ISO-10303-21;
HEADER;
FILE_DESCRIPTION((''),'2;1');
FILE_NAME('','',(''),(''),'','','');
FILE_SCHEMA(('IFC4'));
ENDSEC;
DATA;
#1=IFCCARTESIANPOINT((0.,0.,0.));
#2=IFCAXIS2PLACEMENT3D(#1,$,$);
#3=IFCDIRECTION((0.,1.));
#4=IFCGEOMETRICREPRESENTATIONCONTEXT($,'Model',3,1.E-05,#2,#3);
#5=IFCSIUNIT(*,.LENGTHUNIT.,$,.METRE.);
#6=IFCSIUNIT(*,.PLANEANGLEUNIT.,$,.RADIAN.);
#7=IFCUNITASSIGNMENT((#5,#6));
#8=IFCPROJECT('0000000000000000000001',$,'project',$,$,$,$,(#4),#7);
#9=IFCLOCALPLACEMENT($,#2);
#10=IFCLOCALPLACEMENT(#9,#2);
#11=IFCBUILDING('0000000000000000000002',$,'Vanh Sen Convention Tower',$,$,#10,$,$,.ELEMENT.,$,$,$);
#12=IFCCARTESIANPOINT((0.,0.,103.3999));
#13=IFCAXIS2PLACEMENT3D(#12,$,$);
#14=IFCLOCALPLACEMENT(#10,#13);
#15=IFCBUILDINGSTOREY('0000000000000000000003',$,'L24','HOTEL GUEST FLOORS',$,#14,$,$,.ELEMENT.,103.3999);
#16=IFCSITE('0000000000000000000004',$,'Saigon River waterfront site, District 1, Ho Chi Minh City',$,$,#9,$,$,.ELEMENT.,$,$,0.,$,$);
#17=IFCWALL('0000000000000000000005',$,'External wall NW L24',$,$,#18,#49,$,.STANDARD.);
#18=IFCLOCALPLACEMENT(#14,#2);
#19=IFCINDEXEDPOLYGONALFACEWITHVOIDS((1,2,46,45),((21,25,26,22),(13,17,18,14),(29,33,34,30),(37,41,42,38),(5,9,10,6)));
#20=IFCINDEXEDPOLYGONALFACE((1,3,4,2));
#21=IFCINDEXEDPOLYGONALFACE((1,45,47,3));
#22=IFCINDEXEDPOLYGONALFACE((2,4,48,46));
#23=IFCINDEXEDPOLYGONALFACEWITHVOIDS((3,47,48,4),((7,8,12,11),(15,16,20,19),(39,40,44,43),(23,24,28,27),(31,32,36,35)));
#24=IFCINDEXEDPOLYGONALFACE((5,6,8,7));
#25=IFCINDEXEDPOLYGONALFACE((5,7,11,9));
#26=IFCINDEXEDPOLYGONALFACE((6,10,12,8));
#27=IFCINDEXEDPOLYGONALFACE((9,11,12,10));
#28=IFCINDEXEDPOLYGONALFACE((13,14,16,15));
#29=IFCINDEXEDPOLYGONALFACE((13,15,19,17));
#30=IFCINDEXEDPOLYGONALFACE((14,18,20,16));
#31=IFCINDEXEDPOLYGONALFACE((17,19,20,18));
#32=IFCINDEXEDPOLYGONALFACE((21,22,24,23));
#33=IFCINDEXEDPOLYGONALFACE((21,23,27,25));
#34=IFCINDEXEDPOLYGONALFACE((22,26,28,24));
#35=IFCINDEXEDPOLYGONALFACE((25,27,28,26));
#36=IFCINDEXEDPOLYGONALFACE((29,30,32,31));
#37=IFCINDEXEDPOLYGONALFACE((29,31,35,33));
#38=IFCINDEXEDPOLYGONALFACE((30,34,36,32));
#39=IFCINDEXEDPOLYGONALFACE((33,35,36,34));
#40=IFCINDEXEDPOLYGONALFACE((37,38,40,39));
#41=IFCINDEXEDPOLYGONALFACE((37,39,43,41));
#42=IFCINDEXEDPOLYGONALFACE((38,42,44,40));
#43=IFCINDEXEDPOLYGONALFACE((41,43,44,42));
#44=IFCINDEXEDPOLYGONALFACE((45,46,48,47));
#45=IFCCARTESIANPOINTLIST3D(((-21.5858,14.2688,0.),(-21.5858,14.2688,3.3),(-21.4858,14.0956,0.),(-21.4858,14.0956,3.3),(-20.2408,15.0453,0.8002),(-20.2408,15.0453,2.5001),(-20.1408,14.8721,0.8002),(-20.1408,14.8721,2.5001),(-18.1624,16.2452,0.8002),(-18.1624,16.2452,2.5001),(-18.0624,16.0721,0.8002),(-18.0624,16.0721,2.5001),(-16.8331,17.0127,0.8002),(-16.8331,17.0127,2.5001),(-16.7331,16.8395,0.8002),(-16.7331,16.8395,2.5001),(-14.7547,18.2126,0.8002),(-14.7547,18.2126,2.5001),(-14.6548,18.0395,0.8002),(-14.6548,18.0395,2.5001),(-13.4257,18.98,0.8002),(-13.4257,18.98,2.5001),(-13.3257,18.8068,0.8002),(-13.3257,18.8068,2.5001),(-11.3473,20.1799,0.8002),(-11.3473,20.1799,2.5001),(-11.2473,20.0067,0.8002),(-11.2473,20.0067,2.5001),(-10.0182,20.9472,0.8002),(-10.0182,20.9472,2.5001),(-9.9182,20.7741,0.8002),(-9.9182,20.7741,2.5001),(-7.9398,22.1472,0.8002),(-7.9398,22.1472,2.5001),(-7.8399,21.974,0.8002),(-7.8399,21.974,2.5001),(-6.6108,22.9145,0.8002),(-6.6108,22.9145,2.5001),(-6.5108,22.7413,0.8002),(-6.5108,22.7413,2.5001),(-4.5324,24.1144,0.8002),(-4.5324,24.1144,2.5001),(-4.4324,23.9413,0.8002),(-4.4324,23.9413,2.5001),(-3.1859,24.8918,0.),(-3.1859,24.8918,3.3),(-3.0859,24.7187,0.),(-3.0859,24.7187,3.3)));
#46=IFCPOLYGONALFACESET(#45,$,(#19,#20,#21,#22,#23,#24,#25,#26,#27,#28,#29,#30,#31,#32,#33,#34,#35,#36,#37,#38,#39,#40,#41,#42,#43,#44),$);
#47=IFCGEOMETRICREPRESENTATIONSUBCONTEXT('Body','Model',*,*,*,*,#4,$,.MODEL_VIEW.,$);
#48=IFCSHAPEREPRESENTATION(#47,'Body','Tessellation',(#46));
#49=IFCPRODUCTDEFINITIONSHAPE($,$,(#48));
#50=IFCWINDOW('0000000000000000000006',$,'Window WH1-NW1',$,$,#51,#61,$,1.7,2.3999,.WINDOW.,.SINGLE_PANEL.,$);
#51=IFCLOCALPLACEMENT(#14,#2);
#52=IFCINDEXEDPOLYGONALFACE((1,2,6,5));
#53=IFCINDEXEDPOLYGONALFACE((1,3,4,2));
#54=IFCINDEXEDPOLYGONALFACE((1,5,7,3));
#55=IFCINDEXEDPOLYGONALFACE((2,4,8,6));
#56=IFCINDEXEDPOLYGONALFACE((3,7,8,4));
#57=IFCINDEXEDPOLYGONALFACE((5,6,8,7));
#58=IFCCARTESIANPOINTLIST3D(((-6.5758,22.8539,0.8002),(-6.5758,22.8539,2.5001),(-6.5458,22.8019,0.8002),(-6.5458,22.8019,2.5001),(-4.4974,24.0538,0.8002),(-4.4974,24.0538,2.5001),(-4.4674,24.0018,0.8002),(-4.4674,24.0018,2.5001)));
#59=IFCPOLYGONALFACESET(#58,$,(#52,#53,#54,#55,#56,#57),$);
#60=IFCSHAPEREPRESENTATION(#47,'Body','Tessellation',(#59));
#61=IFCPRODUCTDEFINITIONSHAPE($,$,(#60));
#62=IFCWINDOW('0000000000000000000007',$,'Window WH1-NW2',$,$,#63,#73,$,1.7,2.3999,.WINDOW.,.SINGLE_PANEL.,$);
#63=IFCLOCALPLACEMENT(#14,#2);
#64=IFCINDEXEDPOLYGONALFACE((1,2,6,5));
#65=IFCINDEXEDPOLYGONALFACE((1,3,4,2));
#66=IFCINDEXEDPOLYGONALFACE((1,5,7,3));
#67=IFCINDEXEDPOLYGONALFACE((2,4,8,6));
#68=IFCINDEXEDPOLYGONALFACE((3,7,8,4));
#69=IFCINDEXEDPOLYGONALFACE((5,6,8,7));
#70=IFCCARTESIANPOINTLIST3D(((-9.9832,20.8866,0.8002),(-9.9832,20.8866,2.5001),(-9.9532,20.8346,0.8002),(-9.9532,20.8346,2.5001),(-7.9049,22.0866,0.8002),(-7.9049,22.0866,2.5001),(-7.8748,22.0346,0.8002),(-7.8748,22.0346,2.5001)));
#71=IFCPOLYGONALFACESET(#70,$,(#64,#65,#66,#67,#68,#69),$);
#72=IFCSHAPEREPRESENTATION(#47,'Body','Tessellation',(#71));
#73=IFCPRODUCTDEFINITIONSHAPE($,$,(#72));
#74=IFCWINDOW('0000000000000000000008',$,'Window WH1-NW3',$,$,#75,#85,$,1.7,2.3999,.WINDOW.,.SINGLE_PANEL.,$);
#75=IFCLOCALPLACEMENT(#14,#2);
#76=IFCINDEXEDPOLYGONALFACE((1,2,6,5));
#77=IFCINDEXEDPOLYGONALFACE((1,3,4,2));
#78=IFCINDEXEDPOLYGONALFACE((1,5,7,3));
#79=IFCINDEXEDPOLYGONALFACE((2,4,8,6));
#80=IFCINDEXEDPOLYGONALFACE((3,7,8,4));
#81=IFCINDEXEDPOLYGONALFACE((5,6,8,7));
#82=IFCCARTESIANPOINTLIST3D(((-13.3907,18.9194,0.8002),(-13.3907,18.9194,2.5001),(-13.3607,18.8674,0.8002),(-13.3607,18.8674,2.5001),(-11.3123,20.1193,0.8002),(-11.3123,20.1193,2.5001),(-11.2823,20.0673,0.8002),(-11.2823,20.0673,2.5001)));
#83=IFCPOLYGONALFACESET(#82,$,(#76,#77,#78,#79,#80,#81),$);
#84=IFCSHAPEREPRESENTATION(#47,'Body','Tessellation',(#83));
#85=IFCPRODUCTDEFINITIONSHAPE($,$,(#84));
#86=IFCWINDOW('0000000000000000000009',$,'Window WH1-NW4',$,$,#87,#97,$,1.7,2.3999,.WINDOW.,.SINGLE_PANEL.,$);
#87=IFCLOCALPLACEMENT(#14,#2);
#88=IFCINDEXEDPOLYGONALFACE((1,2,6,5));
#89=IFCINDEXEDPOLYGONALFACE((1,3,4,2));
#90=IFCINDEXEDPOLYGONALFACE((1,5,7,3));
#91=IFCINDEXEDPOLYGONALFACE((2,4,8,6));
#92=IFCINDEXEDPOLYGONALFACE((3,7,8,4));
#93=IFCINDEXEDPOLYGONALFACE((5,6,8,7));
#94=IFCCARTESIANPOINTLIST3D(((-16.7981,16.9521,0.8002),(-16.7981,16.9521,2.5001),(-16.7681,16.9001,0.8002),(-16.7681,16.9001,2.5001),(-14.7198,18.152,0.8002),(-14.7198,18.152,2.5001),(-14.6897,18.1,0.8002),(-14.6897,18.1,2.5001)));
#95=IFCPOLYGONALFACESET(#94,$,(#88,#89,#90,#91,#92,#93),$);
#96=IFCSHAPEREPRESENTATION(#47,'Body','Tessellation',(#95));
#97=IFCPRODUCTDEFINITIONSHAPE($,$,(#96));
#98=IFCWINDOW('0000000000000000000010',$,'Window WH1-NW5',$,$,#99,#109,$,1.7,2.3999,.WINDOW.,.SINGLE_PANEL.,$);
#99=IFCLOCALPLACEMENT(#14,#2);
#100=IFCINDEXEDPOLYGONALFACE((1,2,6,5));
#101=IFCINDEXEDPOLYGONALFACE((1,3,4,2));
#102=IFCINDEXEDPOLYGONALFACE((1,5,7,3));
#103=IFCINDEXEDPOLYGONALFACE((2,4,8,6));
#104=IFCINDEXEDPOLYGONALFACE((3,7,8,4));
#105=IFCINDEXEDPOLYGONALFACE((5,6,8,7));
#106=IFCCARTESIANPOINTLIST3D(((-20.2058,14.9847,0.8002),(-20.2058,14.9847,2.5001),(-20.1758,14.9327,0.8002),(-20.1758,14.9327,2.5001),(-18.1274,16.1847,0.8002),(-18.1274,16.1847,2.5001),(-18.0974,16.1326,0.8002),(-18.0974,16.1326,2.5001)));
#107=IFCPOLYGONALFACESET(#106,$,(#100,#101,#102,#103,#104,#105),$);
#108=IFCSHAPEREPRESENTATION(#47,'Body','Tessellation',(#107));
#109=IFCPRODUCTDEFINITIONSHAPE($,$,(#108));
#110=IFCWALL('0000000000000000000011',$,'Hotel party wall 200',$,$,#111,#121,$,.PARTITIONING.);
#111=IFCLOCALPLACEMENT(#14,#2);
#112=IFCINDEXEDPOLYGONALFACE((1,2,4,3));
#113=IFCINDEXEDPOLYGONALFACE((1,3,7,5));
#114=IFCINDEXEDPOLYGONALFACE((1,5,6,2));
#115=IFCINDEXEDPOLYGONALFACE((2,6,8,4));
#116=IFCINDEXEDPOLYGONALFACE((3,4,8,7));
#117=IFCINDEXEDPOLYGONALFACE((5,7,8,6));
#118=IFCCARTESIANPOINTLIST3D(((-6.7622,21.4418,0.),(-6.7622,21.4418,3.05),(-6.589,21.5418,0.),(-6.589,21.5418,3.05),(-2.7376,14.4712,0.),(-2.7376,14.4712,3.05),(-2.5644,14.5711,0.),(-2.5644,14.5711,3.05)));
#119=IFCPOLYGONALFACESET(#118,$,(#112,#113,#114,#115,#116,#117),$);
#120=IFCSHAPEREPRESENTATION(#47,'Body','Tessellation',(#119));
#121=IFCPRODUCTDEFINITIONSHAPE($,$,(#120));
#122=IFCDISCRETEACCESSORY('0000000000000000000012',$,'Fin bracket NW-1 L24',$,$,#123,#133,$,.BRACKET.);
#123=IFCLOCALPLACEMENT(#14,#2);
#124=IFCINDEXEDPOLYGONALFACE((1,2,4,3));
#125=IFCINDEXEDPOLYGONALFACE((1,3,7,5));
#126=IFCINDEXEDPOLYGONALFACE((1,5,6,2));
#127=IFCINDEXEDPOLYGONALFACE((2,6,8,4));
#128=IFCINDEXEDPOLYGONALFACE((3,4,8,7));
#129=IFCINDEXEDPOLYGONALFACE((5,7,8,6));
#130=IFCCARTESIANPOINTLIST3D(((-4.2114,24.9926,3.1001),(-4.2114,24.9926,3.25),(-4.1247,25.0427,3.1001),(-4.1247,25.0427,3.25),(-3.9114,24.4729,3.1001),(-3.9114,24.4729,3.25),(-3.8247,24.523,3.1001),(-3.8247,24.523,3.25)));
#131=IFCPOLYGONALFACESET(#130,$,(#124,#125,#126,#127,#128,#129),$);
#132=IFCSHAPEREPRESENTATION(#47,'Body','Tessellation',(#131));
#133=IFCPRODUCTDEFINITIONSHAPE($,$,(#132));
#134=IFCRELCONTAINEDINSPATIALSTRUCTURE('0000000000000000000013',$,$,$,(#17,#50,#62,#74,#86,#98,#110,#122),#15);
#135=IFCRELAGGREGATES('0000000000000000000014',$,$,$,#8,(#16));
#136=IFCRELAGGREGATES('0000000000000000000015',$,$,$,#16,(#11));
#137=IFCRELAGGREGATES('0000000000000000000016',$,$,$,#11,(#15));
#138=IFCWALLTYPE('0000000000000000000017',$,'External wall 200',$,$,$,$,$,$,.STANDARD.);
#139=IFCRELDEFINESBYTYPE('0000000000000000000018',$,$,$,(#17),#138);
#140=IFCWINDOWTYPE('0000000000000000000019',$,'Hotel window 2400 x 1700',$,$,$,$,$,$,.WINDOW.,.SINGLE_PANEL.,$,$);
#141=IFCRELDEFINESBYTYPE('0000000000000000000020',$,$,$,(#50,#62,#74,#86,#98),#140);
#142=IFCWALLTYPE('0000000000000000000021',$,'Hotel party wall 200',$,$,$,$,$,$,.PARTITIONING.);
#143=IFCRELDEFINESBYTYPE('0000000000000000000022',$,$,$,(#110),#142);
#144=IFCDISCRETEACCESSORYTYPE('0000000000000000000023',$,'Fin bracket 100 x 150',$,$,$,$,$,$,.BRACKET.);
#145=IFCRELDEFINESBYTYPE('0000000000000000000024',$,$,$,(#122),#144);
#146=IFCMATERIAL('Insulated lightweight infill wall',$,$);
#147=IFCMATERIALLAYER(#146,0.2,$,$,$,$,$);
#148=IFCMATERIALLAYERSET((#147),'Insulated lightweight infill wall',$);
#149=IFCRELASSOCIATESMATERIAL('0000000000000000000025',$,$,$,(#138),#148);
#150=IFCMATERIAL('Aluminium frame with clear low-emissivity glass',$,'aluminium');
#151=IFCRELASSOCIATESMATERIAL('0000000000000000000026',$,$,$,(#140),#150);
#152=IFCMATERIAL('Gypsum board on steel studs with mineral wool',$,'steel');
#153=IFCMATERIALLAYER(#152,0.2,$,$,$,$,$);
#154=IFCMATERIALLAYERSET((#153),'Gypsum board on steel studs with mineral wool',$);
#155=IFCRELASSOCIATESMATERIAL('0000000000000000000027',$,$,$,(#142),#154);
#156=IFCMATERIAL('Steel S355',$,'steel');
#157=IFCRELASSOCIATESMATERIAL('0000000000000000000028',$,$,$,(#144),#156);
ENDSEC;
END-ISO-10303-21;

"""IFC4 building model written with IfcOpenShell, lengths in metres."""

from ifc_helpers import new_model, si_unit, direction, frame, frame_2d, origin, origin_2d, place, context, subcontext, project, spatial, rectangle, extrude, material, layer, layer_set, type_object, element, fill, save


model = new_model("IFC4")

# Units and contexts
model_context = context("Model", 3, precision=1e-05, world=origin(), true_north=direction((0.0, 1.0)))
body_context = subcontext(model_context, "Body", "Model", "MODEL_VIEW")
ifc_project = project(units=[si_unit("LENGTHUNIT", "METRE"), si_unit("PLANEANGLEUNIT", "RADIAN")], contexts=[model_context])

# Site, building, storey
site_placement = place(None, origin())
site = spatial("IfcSite", under=ifc_project, at=site_placement, Name="Saigon River waterfront site, District 1, Ho Chi Minh City", CompositionType="ELEMENT", RefElevation=0.0)
building_placement = place(site_placement, origin())
building = spatial("IfcBuilding", under=site, at=building_placement, Name="Vanh Sen Convention Tower", CompositionType="ELEMENT")
storey_placement = place(building_placement, frame((0.0, 0.0, 103.3999)))
storey = spatial("IfcBuildingStorey", under=building, at=storey_placement, Name="L24", Description="HOTEL GUEST FLOORS", CompositionType="ELEMENT", Elevation=103.3999)

# Shared definitions
ifc_material_1 = material(Name="Gypsum board on steel studs with mineral wool", Category="steel")

# Wall, openings, windows
ifc_material_2 = material(Name="Insulated lightweight infill wall")
ifc_layer_1 = layer(ifc_material_2, 0.2)
ifc_layer_set_1 = layer_set([ifc_layer_1], Name="Insulated lightweight infill wall")
wall_type_1 = type_object("IfcWallType", Name="External wall 200", PredefinedType="STANDARD", material=ifc_layer_set_1)
wall_1_placement = place(storey_placement, frame((-3.136, 24.8052, 0.0), z_axis=(0.0, 0.0, 1.0), x_axis=(-0.866028, -0.499995, 0.0)))
wall_1 = element("IfcWall", 1, at=wall_1_placement, inside=storey, type_object=wall_type_1, Name="External wall NW L24", PredefinedType="STANDARD", context=body_context, shape_type="SweptSolid", body=[
    extrude(rectangle(XDim=21.2463, YDim=0.2, at=frame_2d((10.623, 0.0))), origin(), (0.0, 0.0, 1.0), 3.3),
])
opening_1_placement = place(wall_1_placement, frame((1.5547, 0.0, 0.8)))
opening_1 = element("IfcOpeningElement", 2, at=opening_1_placement, cuts=wall_1, PredefinedType="OPENING", context=body_context, shape_type="SweptSolid", body=[
    extrude(rectangle(XDim=2.3999, YDim=1.7, at=frame_2d((1.2, 0.8501))), frame((0.0, 0.1099, 0.0), z_axis=(0.0, -1.0, 0.0), x_axis=(1.0, 0.0, 0.0)), (0.0, 0.0, 1.0), 0.22),
])
opening_2_placement = place(wall_1_placement, frame((5.4893, 0.0, 0.8)))
opening_2 = element("IfcOpeningElement", 3, at=opening_2_placement, cuts=wall_1, PredefinedType="OPENING", context=body_context, shape_type="SweptSolid", body=[
    extrude(rectangle(XDim=2.3999, YDim=1.7, at=frame_2d((1.2, 0.8501))), frame((0.0, 0.1099, 0.0), z_axis=(0.0, -1.0, 0.0), x_axis=(1.0, 0.0, 0.0)), (0.0, 0.0, 1.0), 0.22),
])
opening_3_placement = place(wall_1_placement, frame((9.4238, 0.0, 0.8)))
opening_3 = element("IfcOpeningElement", 4, at=opening_3_placement, cuts=wall_1, PredefinedType="OPENING", context=body_context, shape_type="SweptSolid", body=[
    extrude(rectangle(XDim=2.3999, YDim=1.7, at=frame_2d((1.2, 0.8501))), frame((0.0, 0.1099, 0.0), z_axis=(0.0, -1.0, 0.0), x_axis=(1.0, 0.0, 0.0)), (0.0, 0.0, 1.0), 0.22),
])
opening_4_placement = place(wall_1_placement, frame((13.3584, 0.0, 0.8)))
opening_4 = element("IfcOpeningElement", 5, at=opening_4_placement, cuts=wall_1, PredefinedType="OPENING", context=body_context, shape_type="SweptSolid", body=[
    extrude(rectangle(XDim=2.3999, YDim=1.7, at=frame_2d((1.2, 0.8501))), frame((0.0, 0.1099, 0.0), z_axis=(0.0, -1.0, 0.0), x_axis=(1.0, 0.0, 0.0)), (0.0, 0.0, 1.0), 0.22),
])
opening_5_placement = place(wall_1_placement, frame((17.2932, 0.0, 0.8)))
opening_5 = element("IfcOpeningElement", 6, at=opening_5_placement, cuts=wall_1, PredefinedType="OPENING", context=body_context, shape_type="SweptSolid", body=[
    extrude(rectangle(XDim=2.3999, YDim=1.7, at=frame_2d((1.2, 0.8501))), frame((0.0, 0.1099, 0.0), z_axis=(0.0, -1.0, 0.0), x_axis=(1.0, 0.0, 0.0)), (0.0, 0.0, 1.0), 0.22),
])
ifc_material_3 = material(Name="Aluminium frame with clear low-emissivity glass", Category="aluminium")
window_type = type_object("IfcWindowType", Name="Hotel window 2400 x 1700", PartitioningType="SINGLE_PANEL", PredefinedType="WINDOW", material=ifc_material_3)
window_1_placement = place(opening_1_placement, origin())
window_1 = element("IfcWindow", 7, at=window_1_placement, inside=storey, type_object=window_type, Name="Window WH1-NW1", OverallHeight=1.7, OverallWidth=2.3999, PartitioningType="SINGLE_PANEL", PredefinedType="WINDOW", context=body_context, shape_type="SweptSolid", body=[
    extrude(rectangle(XDim=2.3999, YDim=1.7, at=frame_2d((1.2, 0.8501))), frame((0.0, 0.03, 0.0), z_axis=(0.0, -1.0, 0.0), x_axis=(1.0, 0.0, 0.0)), (0.0, 0.0, 1.0), 0.0601),
])
fill(opening_1, window_1)
window_2_placement = place(opening_2_placement, origin())
window_2 = element("IfcWindow", 8, at=window_2_placement, inside=storey, type_object=window_type, Name="Window WH1-NW2", OverallHeight=1.7, OverallWidth=2.3999, PartitioningType="SINGLE_PANEL", PredefinedType="WINDOW", context=body_context, shape_type="SweptSolid", body=[
    extrude(rectangle(XDim=2.3999, YDim=1.7, at=frame_2d((1.2, 0.8501))), frame((0.0, 0.03, 0.0), z_axis=(0.0, -1.0, 0.0), x_axis=(1.0, 0.0, 0.0)), (0.0, 0.0, 1.0), 0.0601),
])
fill(opening_2, window_2)
window_3_placement = place(opening_3_placement, origin())
window_3 = element("IfcWindow", 9, at=window_3_placement, inside=storey, type_object=window_type, Name="Window WH1-NW3", OverallHeight=1.7, OverallWidth=2.3999, PartitioningType="SINGLE_PANEL", PredefinedType="WINDOW", context=body_context, shape_type="SweptSolid", body=[
    extrude(rectangle(XDim=2.3999, YDim=1.7, at=frame_2d((1.2, 0.8501))), frame((0.0, 0.03, 0.0), z_axis=(0.0, -1.0, 0.0), x_axis=(1.0, 0.0, 0.0)), (0.0, 0.0, 1.0), 0.0601),
])
fill(opening_3, window_3)
window_4_placement = place(opening_4_placement, origin())
window_4 = element("IfcWindow", 10, at=window_4_placement, inside=storey, type_object=window_type, Name="Window WH1-NW4", OverallHeight=1.7, OverallWidth=2.3999, PartitioningType="SINGLE_PANEL", PredefinedType="WINDOW", context=body_context, shape_type="SweptSolid", body=[
    extrude(rectangle(XDim=2.3999, YDim=1.7, at=frame_2d((1.2, 0.8501))), frame((0.0, 0.03, 0.0), z_axis=(0.0, -1.0, 0.0), x_axis=(1.0, 0.0, 0.0)), (0.0, 0.0, 1.0), 0.0601),
])
fill(opening_4, window_4)
window_5_placement = place(opening_5_placement, origin())
window_5 = element("IfcWindow", 11, at=window_5_placement, inside=storey, type_object=window_type, Name="Window WH1-NW5", OverallHeight=1.7, OverallWidth=2.3999, PartitioningType="SINGLE_PANEL", PredefinedType="WINDOW", context=body_context, shape_type="SweptSolid", body=[
    extrude(rectangle(XDim=2.3999, YDim=1.7, at=frame_2d((1.2, 0.8501))), frame((0.0, 0.03, 0.0), z_axis=(0.0, -1.0, 0.0), x_axis=(1.0, 0.0, 0.0)), (0.0, 0.0, 1.0), 0.0601),
])
fill(opening_5, window_5)

# Wall
ifc_layer_2 = layer(ifc_material_1, 0.2)
ifc_layer_set_2 = layer_set([ifc_layer_2], Name="Gypsum board on steel studs with mineral wool")
wall_type_2 = type_object("IfcWallType", Name="Hotel party wall 200", PredefinedType="PARTITIONING", material=ifc_layer_set_2)
wall_2_placement = place(storey_placement, frame((-6.6755, 21.4917, 0.0), z_axis=(0.0, 0.0, 1.0), x_axis=(0.500011, -0.866019, 0.0)))
element("IfcWall", 12, at=wall_2_placement, inside=storey, type_object=wall_type_2, Name="Hotel party wall 200", PredefinedType="PARTITIONING", context=body_context, shape_type="SweptSolid", body=[
    extrude(rectangle(XDim=8.0491, YDim=0.2, at=frame_2d((4.0244, 0.0))), origin(), (0.0, 0.0, 1.0), 3.05),
])

# Discrete accessory
ifc_material_4 = material(Name="Steel S355", Category="steel")
discrete_accessory_type = type_object("IfcDiscreteAccessoryType", Name="Fin bracket 100 x 150", PredefinedType="BRACKET", material=ifc_material_4)
discrete_accessory_placement = place(storey_placement, frame((-4.0181, 24.7578, 3.1001), z_axis=(0.0, 0.0, 1.0), x_axis=(-0.5, 0.866025, 0.0)))
element("IfcDiscreteAccessory", 13, at=discrete_accessory_placement, inside=storey, type_object=discrete_accessory_type, Name="Fin bracket NW-1 L24", PredefinedType="BRACKET", context=body_context, shape_type="SweptSolid", body=[
    extrude(rectangle(XDim=0.6001, YDim=0.1001, at=origin_2d()), origin(), (0.0, 0.0, 1.0), 0.1499),
])

save(model, "model.ifc")
